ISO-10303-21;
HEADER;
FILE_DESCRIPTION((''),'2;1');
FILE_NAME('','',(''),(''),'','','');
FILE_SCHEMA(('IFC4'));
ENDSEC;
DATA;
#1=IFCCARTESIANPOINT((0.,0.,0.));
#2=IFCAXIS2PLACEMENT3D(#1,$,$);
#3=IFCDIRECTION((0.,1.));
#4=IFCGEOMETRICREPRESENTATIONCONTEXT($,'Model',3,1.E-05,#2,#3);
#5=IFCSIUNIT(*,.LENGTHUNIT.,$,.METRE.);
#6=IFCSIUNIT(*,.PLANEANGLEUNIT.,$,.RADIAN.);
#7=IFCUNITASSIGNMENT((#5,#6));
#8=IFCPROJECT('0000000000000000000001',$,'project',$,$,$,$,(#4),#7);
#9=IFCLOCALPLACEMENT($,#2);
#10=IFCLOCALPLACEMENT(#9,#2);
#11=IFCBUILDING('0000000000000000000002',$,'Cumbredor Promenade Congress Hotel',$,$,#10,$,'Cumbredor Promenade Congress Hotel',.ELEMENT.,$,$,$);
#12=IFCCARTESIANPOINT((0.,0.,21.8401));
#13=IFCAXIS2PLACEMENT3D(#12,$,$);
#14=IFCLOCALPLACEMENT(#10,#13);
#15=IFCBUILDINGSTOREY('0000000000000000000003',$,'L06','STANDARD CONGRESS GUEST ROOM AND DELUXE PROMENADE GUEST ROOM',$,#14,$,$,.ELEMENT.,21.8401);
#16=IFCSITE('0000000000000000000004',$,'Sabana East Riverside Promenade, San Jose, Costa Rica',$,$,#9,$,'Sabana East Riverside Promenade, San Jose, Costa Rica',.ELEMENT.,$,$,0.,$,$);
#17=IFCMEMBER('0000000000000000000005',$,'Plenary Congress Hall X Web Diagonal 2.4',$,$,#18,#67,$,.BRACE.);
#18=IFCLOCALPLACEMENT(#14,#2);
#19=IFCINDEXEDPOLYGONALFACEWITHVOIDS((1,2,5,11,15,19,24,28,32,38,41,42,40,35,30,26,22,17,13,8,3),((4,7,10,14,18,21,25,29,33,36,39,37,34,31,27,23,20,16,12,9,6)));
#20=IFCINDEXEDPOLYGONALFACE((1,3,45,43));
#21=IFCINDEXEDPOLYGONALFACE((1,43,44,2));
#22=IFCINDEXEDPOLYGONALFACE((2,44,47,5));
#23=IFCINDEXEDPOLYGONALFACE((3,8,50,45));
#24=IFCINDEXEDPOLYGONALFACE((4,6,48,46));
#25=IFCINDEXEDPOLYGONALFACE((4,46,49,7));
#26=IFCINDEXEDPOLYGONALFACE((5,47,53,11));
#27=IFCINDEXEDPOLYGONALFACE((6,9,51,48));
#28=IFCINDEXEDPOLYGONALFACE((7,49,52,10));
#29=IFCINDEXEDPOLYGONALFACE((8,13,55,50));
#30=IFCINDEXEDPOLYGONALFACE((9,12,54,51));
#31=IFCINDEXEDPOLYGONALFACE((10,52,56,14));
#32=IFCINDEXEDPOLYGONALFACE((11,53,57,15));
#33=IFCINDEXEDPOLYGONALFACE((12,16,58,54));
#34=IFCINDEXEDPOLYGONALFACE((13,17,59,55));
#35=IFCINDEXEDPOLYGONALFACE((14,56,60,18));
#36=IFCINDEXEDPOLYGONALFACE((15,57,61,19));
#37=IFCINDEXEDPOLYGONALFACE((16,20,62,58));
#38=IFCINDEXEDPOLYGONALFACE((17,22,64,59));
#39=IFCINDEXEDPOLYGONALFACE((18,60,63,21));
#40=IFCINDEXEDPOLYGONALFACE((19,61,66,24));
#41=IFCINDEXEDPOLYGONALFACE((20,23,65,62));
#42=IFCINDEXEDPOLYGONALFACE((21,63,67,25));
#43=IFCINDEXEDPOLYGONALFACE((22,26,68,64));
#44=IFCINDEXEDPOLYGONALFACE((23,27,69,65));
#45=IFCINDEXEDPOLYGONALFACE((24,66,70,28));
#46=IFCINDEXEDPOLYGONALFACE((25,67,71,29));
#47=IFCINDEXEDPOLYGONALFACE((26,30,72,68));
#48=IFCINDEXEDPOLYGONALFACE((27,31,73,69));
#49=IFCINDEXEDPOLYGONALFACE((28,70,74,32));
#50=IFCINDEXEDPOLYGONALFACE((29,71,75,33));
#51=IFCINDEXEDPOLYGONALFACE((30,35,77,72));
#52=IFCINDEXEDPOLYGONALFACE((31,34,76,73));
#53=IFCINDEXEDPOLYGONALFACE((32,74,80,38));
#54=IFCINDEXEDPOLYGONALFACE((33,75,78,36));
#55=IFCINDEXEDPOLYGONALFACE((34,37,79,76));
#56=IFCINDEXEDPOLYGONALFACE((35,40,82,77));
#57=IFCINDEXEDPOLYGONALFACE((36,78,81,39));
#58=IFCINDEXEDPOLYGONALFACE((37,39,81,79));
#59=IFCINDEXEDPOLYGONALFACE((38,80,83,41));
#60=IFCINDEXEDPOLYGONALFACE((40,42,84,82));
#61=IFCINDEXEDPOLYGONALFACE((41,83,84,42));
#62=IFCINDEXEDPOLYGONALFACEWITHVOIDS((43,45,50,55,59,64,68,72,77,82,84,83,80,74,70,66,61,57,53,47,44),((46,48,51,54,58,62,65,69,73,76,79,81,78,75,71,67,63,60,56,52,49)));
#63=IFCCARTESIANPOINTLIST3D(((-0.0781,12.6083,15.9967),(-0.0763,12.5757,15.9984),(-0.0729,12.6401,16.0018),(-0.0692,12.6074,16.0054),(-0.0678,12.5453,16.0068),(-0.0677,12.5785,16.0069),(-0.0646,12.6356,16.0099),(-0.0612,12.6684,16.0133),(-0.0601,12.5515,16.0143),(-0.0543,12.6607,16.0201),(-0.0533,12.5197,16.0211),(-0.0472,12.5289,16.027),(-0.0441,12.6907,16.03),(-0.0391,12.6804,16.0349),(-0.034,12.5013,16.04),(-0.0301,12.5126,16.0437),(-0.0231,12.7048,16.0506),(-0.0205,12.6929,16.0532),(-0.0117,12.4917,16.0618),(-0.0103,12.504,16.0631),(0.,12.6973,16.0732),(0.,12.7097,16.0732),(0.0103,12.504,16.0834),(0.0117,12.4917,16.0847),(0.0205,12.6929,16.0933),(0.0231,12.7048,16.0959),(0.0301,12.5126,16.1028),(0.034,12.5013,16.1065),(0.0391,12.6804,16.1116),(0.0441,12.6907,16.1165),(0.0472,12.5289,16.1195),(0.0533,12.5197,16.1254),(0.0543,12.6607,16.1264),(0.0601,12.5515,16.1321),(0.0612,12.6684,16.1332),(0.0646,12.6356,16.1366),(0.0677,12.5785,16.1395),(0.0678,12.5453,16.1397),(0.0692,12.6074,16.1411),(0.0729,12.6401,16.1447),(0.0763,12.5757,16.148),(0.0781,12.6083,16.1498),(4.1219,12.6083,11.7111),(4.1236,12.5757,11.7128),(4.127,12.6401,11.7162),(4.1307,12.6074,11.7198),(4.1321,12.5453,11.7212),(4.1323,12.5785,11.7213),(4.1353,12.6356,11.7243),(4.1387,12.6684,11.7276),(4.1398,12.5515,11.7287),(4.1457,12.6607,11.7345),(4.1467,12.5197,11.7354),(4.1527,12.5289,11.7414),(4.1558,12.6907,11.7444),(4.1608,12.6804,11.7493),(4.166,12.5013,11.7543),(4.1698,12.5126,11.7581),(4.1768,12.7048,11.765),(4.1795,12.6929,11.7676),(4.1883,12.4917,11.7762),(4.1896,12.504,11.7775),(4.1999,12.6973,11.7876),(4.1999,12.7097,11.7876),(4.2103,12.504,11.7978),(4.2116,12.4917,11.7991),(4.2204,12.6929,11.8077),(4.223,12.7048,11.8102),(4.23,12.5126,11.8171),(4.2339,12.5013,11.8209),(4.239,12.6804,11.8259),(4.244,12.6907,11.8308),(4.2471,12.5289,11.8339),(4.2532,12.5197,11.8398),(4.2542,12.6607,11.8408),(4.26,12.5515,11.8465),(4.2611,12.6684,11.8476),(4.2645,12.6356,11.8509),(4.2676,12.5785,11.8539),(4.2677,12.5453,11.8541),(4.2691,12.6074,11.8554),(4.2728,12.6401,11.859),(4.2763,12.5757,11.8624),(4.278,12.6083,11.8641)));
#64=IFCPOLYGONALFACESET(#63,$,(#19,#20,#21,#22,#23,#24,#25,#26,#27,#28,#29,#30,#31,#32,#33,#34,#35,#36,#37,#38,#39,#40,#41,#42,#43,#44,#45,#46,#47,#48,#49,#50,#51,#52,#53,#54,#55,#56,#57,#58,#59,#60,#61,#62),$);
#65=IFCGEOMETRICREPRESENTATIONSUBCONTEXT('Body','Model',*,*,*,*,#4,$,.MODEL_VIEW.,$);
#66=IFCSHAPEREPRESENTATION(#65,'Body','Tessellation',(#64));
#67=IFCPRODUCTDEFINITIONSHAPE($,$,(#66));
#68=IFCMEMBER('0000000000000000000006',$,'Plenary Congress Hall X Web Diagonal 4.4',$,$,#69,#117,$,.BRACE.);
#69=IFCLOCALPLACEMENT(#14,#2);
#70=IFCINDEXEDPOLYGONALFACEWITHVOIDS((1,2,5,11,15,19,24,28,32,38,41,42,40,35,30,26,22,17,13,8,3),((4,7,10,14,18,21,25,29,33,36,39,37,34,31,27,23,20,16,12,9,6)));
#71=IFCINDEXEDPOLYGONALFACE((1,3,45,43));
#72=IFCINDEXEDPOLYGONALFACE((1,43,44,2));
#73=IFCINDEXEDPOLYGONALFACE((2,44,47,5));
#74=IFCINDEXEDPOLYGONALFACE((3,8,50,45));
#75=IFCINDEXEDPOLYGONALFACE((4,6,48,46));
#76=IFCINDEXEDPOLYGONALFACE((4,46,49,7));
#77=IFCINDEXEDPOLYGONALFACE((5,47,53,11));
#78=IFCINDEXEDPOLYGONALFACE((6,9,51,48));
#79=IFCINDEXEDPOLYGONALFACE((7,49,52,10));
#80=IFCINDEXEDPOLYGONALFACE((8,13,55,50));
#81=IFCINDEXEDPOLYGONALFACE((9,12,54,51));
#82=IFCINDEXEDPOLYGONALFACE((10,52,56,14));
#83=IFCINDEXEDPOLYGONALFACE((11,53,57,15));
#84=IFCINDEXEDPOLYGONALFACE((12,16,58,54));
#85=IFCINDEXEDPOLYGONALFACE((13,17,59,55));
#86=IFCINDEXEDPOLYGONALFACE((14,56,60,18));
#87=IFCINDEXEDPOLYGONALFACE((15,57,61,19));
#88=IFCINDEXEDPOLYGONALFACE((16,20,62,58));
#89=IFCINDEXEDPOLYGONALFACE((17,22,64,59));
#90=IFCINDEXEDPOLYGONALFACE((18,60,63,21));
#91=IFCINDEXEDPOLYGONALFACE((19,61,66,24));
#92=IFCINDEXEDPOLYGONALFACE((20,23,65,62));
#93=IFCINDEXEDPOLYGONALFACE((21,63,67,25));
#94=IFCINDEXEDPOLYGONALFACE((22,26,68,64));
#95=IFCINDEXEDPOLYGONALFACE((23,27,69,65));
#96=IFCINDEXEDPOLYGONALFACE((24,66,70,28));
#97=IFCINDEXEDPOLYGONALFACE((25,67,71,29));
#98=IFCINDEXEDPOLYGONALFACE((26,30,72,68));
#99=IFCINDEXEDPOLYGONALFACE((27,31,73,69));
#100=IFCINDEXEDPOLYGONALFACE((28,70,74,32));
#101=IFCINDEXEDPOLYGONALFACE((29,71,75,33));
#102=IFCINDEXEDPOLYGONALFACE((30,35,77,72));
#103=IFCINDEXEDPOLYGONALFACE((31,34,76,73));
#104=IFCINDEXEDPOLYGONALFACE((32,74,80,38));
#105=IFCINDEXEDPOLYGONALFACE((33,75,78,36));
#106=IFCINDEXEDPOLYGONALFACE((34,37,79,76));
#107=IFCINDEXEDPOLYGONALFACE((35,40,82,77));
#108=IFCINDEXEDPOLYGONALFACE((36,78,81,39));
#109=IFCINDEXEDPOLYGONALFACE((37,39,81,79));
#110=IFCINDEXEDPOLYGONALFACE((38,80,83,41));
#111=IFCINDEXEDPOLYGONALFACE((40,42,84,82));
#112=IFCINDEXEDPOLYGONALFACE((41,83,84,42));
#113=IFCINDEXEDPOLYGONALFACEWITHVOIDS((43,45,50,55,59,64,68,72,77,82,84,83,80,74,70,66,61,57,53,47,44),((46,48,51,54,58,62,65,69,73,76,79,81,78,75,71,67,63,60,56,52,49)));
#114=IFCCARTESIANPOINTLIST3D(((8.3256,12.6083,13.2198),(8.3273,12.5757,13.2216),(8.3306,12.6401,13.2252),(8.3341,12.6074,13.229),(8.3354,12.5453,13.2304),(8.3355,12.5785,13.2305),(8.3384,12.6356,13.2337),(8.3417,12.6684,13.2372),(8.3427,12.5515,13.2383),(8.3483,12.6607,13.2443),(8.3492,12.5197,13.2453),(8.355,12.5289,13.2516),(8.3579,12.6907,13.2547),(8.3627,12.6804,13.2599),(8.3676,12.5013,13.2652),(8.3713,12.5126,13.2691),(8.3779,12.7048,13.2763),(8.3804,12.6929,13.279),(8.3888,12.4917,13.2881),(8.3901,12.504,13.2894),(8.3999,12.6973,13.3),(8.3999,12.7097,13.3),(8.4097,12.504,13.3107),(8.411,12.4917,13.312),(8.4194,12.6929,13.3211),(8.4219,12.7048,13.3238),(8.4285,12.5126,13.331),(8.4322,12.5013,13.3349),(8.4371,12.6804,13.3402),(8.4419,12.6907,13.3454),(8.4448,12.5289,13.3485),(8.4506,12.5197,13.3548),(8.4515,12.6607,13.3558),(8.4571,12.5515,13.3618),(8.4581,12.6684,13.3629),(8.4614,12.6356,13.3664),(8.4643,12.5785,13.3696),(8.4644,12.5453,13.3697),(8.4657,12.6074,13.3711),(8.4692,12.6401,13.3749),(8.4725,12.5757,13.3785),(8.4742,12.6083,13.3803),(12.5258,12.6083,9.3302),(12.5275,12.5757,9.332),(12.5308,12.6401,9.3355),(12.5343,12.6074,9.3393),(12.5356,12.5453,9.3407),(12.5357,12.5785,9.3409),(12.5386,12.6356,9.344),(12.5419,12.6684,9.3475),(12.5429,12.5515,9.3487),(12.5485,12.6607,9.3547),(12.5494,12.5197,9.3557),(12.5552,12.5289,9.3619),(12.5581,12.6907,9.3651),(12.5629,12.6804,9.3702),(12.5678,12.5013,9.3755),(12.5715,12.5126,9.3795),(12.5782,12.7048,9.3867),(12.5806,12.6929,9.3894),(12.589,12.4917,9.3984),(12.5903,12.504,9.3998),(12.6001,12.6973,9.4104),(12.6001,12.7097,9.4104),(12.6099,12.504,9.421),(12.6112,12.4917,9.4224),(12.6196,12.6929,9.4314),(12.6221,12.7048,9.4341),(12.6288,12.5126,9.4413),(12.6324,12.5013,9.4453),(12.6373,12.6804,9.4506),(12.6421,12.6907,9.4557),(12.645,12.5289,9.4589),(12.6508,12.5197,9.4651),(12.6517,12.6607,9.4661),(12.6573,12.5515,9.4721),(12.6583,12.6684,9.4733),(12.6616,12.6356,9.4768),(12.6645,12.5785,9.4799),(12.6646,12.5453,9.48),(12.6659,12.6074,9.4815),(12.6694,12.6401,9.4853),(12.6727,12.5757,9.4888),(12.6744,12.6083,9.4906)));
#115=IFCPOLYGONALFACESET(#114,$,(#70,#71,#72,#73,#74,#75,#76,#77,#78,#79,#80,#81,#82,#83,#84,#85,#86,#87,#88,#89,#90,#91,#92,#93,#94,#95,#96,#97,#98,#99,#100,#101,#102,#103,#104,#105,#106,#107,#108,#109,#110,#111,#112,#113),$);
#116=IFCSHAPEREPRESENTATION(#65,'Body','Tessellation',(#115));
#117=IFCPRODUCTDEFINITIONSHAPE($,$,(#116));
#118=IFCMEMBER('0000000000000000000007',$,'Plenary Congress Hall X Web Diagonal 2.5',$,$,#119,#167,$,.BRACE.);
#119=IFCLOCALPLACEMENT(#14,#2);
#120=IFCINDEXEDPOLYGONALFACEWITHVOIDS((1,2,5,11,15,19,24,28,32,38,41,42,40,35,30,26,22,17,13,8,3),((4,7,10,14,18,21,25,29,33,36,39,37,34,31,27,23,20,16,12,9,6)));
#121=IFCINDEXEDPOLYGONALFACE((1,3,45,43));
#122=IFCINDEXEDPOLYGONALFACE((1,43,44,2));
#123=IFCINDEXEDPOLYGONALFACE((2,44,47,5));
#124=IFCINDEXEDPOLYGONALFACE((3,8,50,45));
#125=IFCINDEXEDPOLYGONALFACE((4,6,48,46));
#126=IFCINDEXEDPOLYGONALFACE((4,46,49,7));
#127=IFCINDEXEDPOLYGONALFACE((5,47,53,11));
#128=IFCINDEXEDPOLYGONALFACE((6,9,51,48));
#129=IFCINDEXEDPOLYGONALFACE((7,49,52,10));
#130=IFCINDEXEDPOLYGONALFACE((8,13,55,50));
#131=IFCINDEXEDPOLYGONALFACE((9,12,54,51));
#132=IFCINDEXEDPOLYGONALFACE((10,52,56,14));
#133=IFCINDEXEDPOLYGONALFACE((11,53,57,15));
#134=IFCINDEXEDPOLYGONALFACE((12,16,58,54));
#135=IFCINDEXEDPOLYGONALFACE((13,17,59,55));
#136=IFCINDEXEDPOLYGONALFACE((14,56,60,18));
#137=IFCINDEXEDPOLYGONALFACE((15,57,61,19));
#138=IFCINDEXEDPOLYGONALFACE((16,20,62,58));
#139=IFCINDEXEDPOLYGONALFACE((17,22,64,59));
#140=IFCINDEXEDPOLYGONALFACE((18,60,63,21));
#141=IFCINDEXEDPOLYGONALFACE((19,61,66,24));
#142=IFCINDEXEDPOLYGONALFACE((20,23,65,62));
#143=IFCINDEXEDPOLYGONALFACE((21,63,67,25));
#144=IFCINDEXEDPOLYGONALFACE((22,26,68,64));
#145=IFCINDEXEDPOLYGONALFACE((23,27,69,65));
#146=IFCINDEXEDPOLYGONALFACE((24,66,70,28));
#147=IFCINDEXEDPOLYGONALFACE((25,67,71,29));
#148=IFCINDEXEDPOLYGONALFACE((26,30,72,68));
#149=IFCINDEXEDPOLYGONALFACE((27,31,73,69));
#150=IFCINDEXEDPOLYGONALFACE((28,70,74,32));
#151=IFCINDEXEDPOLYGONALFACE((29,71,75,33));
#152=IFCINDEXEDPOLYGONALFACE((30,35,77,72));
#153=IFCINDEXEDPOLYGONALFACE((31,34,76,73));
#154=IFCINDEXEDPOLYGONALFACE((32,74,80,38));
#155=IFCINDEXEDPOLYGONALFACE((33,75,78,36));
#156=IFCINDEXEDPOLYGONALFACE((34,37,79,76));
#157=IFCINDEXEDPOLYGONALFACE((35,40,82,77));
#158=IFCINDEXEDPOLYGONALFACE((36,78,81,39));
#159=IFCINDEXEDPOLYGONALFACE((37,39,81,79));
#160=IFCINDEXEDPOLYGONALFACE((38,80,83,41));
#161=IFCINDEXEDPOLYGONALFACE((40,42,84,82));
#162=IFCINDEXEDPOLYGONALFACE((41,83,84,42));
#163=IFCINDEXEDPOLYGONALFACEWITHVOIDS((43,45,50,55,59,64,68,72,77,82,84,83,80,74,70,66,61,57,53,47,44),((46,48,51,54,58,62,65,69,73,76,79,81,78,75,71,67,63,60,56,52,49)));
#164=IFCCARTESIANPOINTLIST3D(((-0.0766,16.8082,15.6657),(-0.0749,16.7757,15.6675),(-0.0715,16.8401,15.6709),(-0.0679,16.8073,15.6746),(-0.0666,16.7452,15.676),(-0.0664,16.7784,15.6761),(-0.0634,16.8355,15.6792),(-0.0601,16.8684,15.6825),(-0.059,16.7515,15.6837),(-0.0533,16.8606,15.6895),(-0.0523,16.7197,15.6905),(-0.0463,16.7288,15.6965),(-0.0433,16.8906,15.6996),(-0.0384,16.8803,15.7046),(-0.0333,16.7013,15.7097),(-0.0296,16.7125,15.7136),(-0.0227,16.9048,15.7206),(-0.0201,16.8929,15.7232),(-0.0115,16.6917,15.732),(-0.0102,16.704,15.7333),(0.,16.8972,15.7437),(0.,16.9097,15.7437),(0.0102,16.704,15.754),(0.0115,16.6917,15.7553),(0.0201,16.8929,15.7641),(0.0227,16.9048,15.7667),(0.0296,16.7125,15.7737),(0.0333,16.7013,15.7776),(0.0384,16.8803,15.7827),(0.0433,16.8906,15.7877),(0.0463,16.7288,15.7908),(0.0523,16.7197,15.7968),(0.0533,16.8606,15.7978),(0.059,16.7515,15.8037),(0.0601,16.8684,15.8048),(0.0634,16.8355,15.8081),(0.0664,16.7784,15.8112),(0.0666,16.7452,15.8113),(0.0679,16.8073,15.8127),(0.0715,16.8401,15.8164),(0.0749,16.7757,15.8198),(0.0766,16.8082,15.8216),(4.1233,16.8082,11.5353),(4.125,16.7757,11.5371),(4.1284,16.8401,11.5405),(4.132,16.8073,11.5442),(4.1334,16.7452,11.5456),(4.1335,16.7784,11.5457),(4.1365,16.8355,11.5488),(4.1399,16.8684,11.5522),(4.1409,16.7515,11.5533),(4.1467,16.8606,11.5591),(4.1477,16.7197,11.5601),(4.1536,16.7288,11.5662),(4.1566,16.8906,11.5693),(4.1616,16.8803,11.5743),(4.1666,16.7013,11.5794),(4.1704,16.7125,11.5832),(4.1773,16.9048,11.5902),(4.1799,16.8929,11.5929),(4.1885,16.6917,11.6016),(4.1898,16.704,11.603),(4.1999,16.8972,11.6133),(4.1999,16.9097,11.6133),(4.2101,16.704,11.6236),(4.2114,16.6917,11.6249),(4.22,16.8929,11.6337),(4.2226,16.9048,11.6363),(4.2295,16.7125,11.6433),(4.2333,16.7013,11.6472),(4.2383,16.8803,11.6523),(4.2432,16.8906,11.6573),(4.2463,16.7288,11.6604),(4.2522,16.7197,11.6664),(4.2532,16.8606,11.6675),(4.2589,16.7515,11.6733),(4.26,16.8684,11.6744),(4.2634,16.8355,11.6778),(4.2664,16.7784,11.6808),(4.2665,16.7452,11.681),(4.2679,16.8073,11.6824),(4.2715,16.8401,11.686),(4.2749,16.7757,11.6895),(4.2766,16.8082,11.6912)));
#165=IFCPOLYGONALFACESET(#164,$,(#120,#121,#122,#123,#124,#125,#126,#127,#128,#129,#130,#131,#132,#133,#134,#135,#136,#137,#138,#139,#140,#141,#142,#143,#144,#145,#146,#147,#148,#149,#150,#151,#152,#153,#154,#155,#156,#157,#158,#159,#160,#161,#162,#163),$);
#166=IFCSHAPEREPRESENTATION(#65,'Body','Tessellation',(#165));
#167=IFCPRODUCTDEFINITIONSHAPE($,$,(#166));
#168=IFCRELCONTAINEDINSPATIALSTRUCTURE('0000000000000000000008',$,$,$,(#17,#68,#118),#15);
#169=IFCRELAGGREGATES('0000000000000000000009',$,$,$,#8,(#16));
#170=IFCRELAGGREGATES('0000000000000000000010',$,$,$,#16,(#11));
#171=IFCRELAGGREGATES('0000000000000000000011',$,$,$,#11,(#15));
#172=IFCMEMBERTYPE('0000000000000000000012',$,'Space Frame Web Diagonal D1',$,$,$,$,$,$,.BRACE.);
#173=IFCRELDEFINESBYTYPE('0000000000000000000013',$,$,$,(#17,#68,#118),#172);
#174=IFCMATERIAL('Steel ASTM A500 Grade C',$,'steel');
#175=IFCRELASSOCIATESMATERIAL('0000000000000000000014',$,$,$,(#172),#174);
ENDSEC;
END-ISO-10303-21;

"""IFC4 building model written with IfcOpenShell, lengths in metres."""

from ifc_helpers import new_model, si_unit, direction, frame, origin, origin_2d, place, context, subcontext, project, spatial, hollow_circle, extrude, material, material_profile, profile_set, type_object, element, save


model = new_model("IFC4")

# Units and contexts
model_context = context("Model", 3, precision=1e-05, world=origin(), true_north=direction((0.0, 1.0)))
body_context = subcontext(model_context, "Body", "Model", "MODEL_VIEW")
ifc_project = project(units=[si_unit("LENGTHUNIT", "METRE"), si_unit("PLANEANGLEUNIT", "RADIAN")], contexts=[model_context])

# Site, building, storey
site_placement = place(None, origin())
site = spatial("IfcSite", under=ifc_project, at=site_placement, Name="Sabana East Riverside Promenade, San Jose, Costa Rica", LongName="Sabana East Riverside Promenade, San Jose, Costa Rica", CompositionType="ELEMENT", RefElevation=0.0)
building_placement = place(site_placement, origin())
building = spatial("IfcBuilding", under=site, at=building_placement, Name="Cumbredor Promenade Congress Hotel", LongName="Cumbredor Promenade Congress Hotel", CompositionType="ELEMENT")
storey_placement = place(building_placement, frame((0.0, 0.0, 21.8401)))
storey = spatial("IfcBuildingStorey", under=building, at=storey_placement, Name="L06", Description="STANDARD CONGRESS GUEST ROOM AND DELUXE PROMENADE GUEST ROOM", CompositionType="ELEMENT", Elevation=21.8401)

# Members
ifc_material_1 = material(Name="Steel ASTM A500 Grade C", Category="steel")
ifc_material_profile_1 = material_profile(ifc_material_1, hollow_circle(Radius=0.1096, WallThickness=0.0125, at=origin_2d()), Name="CHS 219.1x12.5")
ifc_profile_set_1 = profile_set([ifc_material_profile_1], Name="Steel ASTM A500 Grade C")
member_type_1 = type_object("IfcMemberType", Name="Space Frame Web Diagonal D1", PredefinedType="BRACE", material=ifc_profile_set_1)
member_1_placement = place(storey_placement, frame((0.0, 12.6001, 16.0732), z_axis=(0.69993, 0.0, -0.714211), x_axis=(0.0, 1.0, 0.0)))
element("IfcMember", 1, at=member_1_placement, inside=storey, type_object=member_type_1, Name="Plenary Congress Hall X Web Diagonal 2.4", PredefinedType="BRACE", context=body_context, shape_type="SweptSolid", body=[
    extrude(hollow_circle(Radius=0.1096, WallThickness=0.0125, at=origin_2d()), origin(), (0.0, 0.0, 1.0), 6.0005),
])
member_2_placement = place(storey_placement, frame((8.3999, 12.6001, 13.3), z_axis=(0.73371, 0.0, -0.679462), x_axis=(0.0, 1.0, 0.0)))
element("IfcMember", 2, at=member_2_placement, inside=storey, type_object=member_type_1, Name="Plenary Congress Hall X Web Diagonal 4.4", PredefinedType="BRACE", context=body_context, shape_type="SweptSolid", body=[
    extrude(hollow_circle(Radius=0.1096, WallThickness=0.0125, at=origin_2d()), origin(), (0.0, 0.0, 1.0), 5.7246),
])
member_3_placement = place(storey_placement, frame((0.0, 16.8, 15.7437), z_axis=(0.712988, 0.0, -0.701176), x_axis=(0.0, 1.0, 0.0)))
element("IfcMember", 3, at=member_3_placement, inside=storey, type_object=member_type_1, Name="Plenary Congress Hall X Web Diagonal 2.5", PredefinedType="BRACE", context=body_context, shape_type="SweptSolid", body=[
    extrude(hollow_circle(Radius=0.1096, WallThickness=0.0125, at=origin_2d()), origin(), (0.0, 0.0, 1.0), 5.8906),
])

save(model, "model.ifc")
